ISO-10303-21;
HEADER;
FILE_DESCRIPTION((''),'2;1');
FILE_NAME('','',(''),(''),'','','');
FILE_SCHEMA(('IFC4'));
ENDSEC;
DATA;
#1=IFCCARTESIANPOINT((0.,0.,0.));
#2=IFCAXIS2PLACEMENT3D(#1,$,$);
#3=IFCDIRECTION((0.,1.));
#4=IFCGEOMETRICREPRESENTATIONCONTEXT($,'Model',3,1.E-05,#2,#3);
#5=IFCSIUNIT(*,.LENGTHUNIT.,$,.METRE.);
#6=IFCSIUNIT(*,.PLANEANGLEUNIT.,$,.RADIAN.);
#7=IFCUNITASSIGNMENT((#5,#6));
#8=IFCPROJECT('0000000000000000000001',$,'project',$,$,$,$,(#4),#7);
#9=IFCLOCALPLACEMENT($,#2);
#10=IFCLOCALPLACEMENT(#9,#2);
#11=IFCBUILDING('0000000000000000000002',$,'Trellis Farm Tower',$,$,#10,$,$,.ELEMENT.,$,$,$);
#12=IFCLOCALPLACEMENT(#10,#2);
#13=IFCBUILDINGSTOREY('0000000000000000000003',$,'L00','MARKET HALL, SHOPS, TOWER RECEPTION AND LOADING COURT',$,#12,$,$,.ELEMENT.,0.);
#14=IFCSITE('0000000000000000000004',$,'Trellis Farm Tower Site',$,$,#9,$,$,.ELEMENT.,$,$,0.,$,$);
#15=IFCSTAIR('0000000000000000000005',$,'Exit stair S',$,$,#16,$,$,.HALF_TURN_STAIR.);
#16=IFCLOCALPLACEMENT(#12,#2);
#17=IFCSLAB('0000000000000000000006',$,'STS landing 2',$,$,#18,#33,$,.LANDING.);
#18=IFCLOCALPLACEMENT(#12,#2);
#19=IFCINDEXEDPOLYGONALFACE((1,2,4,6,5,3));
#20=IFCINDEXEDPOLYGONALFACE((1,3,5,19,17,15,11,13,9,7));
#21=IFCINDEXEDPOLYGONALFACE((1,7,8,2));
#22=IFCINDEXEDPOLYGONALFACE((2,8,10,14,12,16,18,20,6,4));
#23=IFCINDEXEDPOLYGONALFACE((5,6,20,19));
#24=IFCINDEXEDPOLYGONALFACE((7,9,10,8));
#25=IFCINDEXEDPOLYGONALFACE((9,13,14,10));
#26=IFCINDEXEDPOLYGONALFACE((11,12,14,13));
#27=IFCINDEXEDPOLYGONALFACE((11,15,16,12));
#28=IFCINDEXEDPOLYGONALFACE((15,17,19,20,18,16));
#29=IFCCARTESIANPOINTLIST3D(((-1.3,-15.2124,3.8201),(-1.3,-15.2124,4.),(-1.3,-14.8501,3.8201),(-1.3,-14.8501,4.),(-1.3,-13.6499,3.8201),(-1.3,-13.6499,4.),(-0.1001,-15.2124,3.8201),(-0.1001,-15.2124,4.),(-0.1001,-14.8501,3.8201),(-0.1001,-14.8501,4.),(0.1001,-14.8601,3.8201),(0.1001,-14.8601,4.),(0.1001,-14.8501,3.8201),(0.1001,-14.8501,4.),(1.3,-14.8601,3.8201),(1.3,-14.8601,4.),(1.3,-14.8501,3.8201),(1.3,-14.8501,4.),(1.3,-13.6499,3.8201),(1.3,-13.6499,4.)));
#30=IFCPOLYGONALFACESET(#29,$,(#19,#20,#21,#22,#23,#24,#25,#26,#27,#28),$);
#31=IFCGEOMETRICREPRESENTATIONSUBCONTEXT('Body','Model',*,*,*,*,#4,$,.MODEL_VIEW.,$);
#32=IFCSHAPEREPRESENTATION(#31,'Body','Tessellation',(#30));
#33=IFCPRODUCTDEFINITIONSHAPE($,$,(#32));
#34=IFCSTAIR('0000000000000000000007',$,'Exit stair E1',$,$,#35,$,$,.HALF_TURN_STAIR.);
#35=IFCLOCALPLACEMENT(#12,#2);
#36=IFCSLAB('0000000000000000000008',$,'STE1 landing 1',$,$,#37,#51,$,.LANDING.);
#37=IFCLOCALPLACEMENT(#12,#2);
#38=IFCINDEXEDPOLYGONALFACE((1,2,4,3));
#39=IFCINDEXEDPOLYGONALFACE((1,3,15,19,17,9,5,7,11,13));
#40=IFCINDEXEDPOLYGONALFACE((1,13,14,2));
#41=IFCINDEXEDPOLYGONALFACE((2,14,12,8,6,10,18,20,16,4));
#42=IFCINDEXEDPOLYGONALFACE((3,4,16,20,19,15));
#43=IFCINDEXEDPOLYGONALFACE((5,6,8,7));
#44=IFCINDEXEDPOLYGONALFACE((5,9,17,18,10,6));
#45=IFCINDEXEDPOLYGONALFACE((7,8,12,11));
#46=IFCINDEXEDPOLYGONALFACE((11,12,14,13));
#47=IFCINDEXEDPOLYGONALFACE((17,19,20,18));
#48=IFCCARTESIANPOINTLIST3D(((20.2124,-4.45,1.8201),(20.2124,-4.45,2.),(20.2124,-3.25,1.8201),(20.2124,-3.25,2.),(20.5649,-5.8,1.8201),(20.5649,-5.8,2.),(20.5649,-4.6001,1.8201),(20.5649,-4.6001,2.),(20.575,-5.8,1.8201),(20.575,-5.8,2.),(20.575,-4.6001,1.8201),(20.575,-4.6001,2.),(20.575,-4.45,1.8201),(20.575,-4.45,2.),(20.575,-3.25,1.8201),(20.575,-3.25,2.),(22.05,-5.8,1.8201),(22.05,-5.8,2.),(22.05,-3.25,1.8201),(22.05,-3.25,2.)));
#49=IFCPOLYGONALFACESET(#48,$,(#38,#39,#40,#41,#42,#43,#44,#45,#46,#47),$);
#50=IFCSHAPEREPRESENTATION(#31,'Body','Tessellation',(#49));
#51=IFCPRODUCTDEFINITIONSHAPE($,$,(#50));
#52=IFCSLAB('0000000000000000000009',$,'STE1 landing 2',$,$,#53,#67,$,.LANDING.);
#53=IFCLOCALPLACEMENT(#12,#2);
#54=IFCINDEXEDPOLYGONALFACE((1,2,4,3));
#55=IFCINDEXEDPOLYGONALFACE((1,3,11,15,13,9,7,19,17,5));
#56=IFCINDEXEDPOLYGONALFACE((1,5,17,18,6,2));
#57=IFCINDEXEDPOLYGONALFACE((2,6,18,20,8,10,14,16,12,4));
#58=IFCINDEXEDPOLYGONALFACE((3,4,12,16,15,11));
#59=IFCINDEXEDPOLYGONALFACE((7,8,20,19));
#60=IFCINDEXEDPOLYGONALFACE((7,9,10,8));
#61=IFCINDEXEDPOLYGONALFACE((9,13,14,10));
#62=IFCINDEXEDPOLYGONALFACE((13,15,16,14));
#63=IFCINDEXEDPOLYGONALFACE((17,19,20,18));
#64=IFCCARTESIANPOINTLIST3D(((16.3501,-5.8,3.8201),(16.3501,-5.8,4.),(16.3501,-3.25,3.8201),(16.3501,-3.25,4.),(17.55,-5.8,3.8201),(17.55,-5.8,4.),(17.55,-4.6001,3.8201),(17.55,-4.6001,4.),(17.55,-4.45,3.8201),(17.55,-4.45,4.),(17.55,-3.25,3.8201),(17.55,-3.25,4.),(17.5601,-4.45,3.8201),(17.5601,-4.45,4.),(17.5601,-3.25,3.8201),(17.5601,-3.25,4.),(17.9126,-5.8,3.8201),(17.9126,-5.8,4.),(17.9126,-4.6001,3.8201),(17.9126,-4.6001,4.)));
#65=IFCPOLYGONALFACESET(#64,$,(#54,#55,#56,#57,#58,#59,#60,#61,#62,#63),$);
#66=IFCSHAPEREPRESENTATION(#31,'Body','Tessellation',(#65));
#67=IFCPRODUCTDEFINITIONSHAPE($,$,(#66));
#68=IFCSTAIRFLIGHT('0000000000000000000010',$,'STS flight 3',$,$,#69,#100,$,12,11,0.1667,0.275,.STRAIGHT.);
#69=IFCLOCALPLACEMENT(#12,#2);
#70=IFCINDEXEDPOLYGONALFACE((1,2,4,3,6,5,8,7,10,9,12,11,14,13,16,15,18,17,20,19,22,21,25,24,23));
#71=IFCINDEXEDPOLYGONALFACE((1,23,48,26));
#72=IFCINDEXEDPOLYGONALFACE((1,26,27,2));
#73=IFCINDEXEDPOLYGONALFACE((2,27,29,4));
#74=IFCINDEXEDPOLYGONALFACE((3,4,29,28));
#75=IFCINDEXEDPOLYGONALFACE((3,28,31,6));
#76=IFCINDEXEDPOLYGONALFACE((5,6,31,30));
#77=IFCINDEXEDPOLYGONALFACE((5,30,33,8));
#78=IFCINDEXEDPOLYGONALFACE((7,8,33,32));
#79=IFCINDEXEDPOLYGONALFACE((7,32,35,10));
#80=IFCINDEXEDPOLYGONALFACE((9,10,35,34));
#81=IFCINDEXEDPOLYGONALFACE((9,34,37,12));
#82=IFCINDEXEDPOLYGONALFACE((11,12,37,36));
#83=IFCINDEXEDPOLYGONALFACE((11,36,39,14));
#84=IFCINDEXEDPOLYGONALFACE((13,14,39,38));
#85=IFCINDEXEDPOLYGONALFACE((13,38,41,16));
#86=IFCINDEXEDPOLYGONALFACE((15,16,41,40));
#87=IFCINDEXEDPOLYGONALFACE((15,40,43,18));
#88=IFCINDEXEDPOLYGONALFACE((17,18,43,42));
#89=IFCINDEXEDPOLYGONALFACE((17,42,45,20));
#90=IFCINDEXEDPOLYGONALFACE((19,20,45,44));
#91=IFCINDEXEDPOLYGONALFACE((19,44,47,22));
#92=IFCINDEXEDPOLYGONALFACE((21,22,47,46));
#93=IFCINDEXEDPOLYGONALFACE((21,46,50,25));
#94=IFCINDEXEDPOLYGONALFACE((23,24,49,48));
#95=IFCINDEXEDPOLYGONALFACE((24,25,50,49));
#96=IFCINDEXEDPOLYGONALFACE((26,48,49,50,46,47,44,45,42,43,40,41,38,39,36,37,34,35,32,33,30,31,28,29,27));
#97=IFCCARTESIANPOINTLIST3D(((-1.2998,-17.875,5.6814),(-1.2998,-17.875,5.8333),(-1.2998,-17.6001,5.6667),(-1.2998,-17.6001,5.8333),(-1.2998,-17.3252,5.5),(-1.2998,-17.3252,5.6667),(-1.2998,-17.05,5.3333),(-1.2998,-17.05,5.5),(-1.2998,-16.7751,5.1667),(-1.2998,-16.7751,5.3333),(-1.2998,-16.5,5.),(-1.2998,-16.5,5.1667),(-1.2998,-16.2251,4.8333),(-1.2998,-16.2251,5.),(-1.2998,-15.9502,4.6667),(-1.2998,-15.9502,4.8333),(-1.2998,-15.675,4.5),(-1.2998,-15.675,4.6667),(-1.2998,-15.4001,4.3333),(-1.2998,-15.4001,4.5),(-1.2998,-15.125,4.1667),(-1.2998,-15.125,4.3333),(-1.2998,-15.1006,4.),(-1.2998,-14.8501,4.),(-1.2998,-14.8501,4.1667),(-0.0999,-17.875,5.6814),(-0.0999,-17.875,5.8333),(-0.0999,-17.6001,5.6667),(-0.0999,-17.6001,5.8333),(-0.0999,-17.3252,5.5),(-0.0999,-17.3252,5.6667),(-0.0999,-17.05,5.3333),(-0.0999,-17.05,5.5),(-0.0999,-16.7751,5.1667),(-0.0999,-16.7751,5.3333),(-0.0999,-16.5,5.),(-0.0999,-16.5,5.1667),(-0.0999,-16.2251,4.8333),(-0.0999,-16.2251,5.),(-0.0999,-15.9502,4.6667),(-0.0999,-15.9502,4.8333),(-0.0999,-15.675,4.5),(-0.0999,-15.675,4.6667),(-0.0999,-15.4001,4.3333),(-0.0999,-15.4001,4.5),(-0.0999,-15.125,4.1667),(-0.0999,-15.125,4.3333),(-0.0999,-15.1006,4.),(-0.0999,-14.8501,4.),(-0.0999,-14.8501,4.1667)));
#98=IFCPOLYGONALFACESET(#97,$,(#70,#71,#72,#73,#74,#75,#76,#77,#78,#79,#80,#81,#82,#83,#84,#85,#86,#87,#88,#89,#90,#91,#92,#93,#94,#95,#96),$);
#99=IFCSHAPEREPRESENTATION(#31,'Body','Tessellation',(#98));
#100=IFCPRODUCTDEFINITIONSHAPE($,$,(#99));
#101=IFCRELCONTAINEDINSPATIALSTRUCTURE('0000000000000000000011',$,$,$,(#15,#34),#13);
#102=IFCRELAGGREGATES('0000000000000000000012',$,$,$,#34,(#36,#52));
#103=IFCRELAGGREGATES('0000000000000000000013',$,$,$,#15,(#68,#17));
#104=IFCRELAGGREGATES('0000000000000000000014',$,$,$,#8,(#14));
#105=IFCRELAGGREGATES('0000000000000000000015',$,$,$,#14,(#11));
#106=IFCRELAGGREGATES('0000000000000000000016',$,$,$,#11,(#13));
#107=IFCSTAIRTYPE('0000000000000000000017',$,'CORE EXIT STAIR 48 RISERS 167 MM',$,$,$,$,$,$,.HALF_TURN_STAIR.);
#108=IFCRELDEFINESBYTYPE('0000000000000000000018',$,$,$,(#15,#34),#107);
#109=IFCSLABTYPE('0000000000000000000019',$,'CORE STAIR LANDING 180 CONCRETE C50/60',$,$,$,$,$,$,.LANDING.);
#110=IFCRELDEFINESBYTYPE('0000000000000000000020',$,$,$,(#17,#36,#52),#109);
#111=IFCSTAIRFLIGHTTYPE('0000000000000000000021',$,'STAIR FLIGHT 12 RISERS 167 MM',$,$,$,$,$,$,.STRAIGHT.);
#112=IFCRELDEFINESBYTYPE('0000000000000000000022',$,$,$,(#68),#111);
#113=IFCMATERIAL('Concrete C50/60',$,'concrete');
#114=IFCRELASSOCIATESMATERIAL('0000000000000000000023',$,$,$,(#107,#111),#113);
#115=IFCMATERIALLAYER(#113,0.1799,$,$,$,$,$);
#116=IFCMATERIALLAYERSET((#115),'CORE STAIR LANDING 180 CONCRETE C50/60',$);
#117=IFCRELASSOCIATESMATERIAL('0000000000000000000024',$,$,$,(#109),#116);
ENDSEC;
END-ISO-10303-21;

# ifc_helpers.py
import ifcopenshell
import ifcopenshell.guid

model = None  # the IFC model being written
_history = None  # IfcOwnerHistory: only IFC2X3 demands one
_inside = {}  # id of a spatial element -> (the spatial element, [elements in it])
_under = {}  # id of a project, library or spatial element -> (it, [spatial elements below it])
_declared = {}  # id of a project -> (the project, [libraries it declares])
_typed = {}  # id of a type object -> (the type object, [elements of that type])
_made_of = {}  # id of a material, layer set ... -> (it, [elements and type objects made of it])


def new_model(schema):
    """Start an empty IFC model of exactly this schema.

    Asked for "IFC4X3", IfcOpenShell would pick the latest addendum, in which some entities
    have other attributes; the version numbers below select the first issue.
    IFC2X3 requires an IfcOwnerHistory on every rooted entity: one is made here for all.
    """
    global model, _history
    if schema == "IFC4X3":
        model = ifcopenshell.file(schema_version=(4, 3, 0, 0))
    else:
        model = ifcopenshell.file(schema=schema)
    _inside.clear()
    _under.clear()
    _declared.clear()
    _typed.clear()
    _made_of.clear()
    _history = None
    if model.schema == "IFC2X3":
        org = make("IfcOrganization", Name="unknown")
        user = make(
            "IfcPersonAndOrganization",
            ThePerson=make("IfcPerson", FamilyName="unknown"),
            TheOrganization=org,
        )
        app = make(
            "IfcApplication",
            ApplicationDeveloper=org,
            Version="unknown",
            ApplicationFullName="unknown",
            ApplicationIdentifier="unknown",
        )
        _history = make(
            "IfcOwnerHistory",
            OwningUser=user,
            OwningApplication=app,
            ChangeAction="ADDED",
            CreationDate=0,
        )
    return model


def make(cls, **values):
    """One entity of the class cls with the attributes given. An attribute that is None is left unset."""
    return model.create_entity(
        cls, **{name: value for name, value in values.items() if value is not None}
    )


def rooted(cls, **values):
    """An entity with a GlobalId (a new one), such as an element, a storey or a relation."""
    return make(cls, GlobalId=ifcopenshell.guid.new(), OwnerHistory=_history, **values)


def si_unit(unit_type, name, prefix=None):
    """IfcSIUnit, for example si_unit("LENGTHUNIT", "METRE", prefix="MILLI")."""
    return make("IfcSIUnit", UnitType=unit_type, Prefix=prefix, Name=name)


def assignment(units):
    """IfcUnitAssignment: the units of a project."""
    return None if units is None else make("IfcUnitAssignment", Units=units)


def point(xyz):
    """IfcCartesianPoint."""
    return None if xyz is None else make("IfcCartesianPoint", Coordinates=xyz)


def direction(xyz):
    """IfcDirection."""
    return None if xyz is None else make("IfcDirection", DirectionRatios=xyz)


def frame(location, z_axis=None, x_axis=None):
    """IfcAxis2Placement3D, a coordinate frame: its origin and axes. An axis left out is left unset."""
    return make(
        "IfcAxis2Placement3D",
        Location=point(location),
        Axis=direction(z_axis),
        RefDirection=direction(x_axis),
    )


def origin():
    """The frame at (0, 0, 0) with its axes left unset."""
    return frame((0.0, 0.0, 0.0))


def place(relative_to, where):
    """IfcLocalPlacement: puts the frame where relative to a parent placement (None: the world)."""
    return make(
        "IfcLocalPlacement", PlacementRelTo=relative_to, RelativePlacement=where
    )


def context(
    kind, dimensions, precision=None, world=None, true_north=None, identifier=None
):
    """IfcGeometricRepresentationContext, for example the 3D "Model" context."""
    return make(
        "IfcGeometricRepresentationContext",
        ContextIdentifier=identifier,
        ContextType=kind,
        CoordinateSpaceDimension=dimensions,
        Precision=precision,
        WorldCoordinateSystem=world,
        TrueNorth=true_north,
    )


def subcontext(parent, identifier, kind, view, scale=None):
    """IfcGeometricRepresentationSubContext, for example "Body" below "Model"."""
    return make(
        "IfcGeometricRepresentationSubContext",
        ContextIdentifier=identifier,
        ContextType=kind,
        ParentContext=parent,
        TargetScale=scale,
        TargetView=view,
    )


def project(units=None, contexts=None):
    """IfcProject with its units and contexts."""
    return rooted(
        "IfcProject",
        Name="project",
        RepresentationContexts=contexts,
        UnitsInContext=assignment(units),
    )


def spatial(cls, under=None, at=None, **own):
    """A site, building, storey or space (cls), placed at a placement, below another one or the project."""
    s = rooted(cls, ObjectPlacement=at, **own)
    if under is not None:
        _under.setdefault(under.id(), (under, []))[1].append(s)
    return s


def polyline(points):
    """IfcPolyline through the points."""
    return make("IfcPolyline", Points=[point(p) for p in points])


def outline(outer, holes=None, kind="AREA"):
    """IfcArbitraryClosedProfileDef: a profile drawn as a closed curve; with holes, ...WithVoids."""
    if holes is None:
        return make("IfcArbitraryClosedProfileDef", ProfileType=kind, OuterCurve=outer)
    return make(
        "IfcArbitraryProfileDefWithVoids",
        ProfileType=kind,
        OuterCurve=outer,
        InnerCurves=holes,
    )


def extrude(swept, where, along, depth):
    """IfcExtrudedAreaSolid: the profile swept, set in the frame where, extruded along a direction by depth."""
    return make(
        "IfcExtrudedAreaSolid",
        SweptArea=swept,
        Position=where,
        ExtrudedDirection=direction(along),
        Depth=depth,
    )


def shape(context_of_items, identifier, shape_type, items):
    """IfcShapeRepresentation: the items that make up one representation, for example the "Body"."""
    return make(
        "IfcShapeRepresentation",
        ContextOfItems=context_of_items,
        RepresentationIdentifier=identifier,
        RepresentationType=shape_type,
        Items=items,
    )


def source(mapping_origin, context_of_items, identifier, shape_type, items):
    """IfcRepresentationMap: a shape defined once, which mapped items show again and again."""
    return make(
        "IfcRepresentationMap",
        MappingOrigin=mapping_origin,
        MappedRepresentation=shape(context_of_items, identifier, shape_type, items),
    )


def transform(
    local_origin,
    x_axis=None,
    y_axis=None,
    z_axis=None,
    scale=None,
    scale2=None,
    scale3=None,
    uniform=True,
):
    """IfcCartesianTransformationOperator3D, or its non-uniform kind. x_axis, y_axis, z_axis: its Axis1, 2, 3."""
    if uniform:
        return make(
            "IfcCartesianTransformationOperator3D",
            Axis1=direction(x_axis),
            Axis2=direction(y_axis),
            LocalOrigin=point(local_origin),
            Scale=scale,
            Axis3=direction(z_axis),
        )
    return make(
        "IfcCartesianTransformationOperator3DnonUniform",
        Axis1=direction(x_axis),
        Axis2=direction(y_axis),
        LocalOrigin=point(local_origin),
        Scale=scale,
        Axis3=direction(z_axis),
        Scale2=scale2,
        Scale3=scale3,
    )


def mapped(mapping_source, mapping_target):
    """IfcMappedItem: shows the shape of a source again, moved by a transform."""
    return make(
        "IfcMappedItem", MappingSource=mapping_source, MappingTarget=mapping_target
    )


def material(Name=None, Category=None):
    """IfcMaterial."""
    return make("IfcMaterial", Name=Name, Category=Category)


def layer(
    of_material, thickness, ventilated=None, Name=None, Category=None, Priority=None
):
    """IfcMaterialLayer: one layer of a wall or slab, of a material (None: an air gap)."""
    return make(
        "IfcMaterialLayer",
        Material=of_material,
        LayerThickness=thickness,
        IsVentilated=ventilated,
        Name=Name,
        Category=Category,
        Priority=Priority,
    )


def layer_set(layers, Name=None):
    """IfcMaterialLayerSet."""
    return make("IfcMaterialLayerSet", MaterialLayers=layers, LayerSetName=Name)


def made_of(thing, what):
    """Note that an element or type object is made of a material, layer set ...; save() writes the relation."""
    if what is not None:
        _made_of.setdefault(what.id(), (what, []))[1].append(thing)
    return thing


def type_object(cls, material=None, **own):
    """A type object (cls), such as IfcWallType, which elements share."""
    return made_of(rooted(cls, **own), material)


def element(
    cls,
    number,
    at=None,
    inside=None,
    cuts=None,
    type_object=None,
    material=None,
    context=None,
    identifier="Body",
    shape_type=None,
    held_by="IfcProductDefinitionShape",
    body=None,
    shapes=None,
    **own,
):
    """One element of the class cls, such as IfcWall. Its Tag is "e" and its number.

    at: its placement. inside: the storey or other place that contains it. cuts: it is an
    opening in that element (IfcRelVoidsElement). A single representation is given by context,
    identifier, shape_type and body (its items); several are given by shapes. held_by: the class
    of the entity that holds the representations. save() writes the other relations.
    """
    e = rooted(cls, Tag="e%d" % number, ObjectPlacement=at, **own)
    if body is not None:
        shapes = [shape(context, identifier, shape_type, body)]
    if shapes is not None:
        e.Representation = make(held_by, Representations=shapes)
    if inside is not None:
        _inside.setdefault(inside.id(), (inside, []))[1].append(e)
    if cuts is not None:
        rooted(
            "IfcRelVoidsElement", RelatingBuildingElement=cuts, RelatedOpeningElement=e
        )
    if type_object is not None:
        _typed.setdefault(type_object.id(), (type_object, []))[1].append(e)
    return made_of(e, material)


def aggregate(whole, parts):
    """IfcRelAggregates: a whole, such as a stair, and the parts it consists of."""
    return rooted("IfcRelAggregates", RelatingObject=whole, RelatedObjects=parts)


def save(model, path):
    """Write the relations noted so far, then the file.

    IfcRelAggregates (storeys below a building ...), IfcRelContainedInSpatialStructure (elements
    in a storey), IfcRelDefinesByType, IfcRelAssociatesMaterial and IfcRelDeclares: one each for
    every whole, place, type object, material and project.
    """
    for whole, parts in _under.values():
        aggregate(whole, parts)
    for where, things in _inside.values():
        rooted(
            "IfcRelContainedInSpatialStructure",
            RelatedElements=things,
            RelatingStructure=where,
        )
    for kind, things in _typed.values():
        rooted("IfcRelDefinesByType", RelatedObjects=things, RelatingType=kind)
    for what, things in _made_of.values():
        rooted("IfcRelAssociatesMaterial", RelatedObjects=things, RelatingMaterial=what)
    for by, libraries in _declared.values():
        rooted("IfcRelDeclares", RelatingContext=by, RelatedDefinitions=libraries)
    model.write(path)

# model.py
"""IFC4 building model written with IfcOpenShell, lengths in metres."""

from ifc_helpers import new_model, si_unit, direction, frame, origin, place, context, subcontext, project, spatial, polyline, outline, extrude, source, transform, mapped, material, layer, layer_set, type_object, element, aggregate, save


model = new_model("IFC4")

# Units and contexts
model_context = context("Model", 3, precision=1e-05, world=origin(), true_north=direction((0.0, 1.0)))
body_context = subcontext(model_context, "Body", "Model", "MODEL_VIEW")
ifc_project = project(units=[si_unit("LENGTHUNIT", "METRE"), si_unit("PLANEANGLEUNIT", "RADIAN")], contexts=[model_context])

# Site, building, storey
site_placement = place(None, origin())
site = spatial("IfcSite", under=ifc_project, at=site_placement, Name="Trellis Farm Tower Site", CompositionType="ELEMENT", RefElevation=0.0)
building_placement = place(site_placement, origin())
building = spatial("IfcBuilding", under=site, at=building_placement, Name="Trellis Farm Tower", CompositionType="ELEMENT")
storey_placement = place(building_placement, origin())
storey = spatial("IfcBuildingStorey", under=building, at=storey_placement, Name="L00", Description="MARKET HALL, SHOPS, TOWER RECEPTION AND LOADING COURT", CompositionType="ELEMENT", Elevation=0.0)

# Stairs, slabs
ifc_material_1 = material(Name="Concrete C50/60", Category="concrete")
stair_type = type_object("IfcStairType", Name="CORE EXIT STAIR 48 RISERS 167 MM", PredefinedType="HALF_TURN_STAIR", material=ifc_material_1)
placement_1 = place(storey_placement, origin())
ifc_layer_1 = layer(ifc_material_1, 0.1799)
ifc_layer_set_1 = layer_set([ifc_layer_1], Name="CORE STAIR LANDING 180 CONCRETE C50/60")
slab_type_1 = type_object("IfcSlabType", Name="CORE STAIR LANDING 180 CONCRETE C50/60", PredefinedType="LANDING", material=ifc_layer_set_1)
placement_2 = place(storey_placement, frame((0.0, 0.0, 1.8201)))
placement_3 = place(storey_placement, frame((0.0, 0.0, 3.8201)))
stair_1 = element("IfcStair", 1, at=placement_1, inside=storey, type_object=stair_type, Name="Exit stair S", PredefinedType="HALF_TURN_STAIR")
shared_shape_1 = source(origin(), body_context, "Body", "SweptSolid", [
    extrude(outline(polyline([(-0.1001, -15.2124), (-1.3, -15.2124), (-1.3, -14.8501), (-1.3, -13.6499), (1.3, -13.6499), (1.3, -14.8501), (1.3, -14.8601), (0.1001, -14.8601), (0.1001, -14.8501), (-0.1001, -14.8501), (-0.1001, -15.2124)])), origin(), (0.0, 0.0, 1.0), 0.1799),
])
slab_1 = element("IfcSlab", 2, at=placement_3, type_object=slab_type_1, Name="STS landing 2", PredefinedType="LANDING", context=body_context, shape_type="MappedRepresentation", body=[
    mapped(shared_shape_1, transform((0.0, 0.0, 0.0))),
])
stair_2 = element("IfcStair", 3, at=placement_1, inside=storey, type_object=stair_type, Name="Exit stair E1", PredefinedType="HALF_TURN_STAIR")
shared_shape_2 = source(origin(), body_context, "Body", "SweptSolid", [
    extrude(outline(polyline([(20.5649, -5.8), (20.5649, -4.6001), (20.575, -4.6001), (20.575, -4.45), (20.2124, -4.45), (20.2124, -3.25), (20.575, -3.25), (22.05, -3.25), (22.05, -5.8), (20.575, -5.8), (20.5649, -5.8)])), origin(), (0.0, 0.0, 1.0), 0.1799),
])
slab_2 = element("IfcSlab", 4, at=placement_2, type_object=slab_type_1, Name="STE1 landing 1", PredefinedType="LANDING", context=body_context, shape_type="MappedRepresentation", body=[
    mapped(shared_shape_2, transform((0.0, 0.0, 0.0))),
])
shared_shape_3 = source(origin(), body_context, "Body", "SweptSolid", [
    extrude(outline(polyline([(17.9126, -4.6001), (17.9126, -5.8), (17.55, -5.8), (16.3501, -5.8), (16.3501, -3.25), (17.55, -3.25), (17.5601, -3.25), (17.5601, -4.45), (17.55, -4.45), (17.55, -4.6001), (17.9126, -4.6001)])), origin(), (0.0, 0.0, 1.0), 0.1799),
])
slab_3 = element("IfcSlab", 5, at=placement_3, type_object=slab_type_1, Name="STE1 landing 2", PredefinedType="LANDING", context=body_context, shape_type="MappedRepresentation", body=[
    mapped(shared_shape_3, transform((0.0, 0.0, 0.0))),
])
aggregate(stair_2, [slab_2, slab_3])

# Stair flight
stair_flight_type = type_object("IfcStairFlightType", Name="STAIR FLIGHT 12 RISERS 167 MM", PredefinedType="STRAIGHT", material=ifc_material_1)
shared_shape_4 = source(origin(), body_context, "Body", "SweptSolid", [
    extrude(outline(polyline([(0.0, 0.0), (0.0, 0.1667), (0.2749, 0.1667), (0.2749, 0.3333), (0.55, 0.3333), (0.55, 0.5), (0.825, 0.5), (0.825, 0.6667), (1.1001, 0.6667), (1.1001, 0.8333), (1.375, 0.8333), (1.375, 1.0), (1.6499, 1.0), (1.6499, 1.1667), (1.925, 1.1667), (1.925, 1.3333), (2.2, 1.3333), (2.2, 1.5), (2.4751, 1.5), (2.4751, 1.6667), (2.75, 1.6667), (2.75, 1.8333), (3.0249, 1.8333), (3.0249, 2.0), (3.0249, 1.6814), (0.2505, 0.0), (0.0, 0.0)])), frame((0.0, 0.6001, 0.0), z_axis=(0.0, -1.0, 0.0), x_axis=(1.0, 0.0, 0.0)), (0.0, 0.0, 1.0), 1.2),
])
stair_flight_placement = place(storey_placement, frame((-0.7, -14.8501, 4.0), z_axis=(0.0, 0.0, 1.0), x_axis=(0.0, -1.0, 0.0)))
stair_flight = element("IfcStairFlight", 6, at=stair_flight_placement, type_object=stair_flight_type, Name="STS flight 3", NumberOfRisers=12, NumberOfTreads=11, PredefinedType="STRAIGHT", RiserHeight=0.1667, TreadLength=0.275, context=body_context, shape_type="MappedRepresentation", body=[
    mapped(shared_shape_4, transform((0.0, 0.0, 0.0))),
])
aggregate(stair_1, [stair_flight, slab_1])

save(model, "model.ifc")
